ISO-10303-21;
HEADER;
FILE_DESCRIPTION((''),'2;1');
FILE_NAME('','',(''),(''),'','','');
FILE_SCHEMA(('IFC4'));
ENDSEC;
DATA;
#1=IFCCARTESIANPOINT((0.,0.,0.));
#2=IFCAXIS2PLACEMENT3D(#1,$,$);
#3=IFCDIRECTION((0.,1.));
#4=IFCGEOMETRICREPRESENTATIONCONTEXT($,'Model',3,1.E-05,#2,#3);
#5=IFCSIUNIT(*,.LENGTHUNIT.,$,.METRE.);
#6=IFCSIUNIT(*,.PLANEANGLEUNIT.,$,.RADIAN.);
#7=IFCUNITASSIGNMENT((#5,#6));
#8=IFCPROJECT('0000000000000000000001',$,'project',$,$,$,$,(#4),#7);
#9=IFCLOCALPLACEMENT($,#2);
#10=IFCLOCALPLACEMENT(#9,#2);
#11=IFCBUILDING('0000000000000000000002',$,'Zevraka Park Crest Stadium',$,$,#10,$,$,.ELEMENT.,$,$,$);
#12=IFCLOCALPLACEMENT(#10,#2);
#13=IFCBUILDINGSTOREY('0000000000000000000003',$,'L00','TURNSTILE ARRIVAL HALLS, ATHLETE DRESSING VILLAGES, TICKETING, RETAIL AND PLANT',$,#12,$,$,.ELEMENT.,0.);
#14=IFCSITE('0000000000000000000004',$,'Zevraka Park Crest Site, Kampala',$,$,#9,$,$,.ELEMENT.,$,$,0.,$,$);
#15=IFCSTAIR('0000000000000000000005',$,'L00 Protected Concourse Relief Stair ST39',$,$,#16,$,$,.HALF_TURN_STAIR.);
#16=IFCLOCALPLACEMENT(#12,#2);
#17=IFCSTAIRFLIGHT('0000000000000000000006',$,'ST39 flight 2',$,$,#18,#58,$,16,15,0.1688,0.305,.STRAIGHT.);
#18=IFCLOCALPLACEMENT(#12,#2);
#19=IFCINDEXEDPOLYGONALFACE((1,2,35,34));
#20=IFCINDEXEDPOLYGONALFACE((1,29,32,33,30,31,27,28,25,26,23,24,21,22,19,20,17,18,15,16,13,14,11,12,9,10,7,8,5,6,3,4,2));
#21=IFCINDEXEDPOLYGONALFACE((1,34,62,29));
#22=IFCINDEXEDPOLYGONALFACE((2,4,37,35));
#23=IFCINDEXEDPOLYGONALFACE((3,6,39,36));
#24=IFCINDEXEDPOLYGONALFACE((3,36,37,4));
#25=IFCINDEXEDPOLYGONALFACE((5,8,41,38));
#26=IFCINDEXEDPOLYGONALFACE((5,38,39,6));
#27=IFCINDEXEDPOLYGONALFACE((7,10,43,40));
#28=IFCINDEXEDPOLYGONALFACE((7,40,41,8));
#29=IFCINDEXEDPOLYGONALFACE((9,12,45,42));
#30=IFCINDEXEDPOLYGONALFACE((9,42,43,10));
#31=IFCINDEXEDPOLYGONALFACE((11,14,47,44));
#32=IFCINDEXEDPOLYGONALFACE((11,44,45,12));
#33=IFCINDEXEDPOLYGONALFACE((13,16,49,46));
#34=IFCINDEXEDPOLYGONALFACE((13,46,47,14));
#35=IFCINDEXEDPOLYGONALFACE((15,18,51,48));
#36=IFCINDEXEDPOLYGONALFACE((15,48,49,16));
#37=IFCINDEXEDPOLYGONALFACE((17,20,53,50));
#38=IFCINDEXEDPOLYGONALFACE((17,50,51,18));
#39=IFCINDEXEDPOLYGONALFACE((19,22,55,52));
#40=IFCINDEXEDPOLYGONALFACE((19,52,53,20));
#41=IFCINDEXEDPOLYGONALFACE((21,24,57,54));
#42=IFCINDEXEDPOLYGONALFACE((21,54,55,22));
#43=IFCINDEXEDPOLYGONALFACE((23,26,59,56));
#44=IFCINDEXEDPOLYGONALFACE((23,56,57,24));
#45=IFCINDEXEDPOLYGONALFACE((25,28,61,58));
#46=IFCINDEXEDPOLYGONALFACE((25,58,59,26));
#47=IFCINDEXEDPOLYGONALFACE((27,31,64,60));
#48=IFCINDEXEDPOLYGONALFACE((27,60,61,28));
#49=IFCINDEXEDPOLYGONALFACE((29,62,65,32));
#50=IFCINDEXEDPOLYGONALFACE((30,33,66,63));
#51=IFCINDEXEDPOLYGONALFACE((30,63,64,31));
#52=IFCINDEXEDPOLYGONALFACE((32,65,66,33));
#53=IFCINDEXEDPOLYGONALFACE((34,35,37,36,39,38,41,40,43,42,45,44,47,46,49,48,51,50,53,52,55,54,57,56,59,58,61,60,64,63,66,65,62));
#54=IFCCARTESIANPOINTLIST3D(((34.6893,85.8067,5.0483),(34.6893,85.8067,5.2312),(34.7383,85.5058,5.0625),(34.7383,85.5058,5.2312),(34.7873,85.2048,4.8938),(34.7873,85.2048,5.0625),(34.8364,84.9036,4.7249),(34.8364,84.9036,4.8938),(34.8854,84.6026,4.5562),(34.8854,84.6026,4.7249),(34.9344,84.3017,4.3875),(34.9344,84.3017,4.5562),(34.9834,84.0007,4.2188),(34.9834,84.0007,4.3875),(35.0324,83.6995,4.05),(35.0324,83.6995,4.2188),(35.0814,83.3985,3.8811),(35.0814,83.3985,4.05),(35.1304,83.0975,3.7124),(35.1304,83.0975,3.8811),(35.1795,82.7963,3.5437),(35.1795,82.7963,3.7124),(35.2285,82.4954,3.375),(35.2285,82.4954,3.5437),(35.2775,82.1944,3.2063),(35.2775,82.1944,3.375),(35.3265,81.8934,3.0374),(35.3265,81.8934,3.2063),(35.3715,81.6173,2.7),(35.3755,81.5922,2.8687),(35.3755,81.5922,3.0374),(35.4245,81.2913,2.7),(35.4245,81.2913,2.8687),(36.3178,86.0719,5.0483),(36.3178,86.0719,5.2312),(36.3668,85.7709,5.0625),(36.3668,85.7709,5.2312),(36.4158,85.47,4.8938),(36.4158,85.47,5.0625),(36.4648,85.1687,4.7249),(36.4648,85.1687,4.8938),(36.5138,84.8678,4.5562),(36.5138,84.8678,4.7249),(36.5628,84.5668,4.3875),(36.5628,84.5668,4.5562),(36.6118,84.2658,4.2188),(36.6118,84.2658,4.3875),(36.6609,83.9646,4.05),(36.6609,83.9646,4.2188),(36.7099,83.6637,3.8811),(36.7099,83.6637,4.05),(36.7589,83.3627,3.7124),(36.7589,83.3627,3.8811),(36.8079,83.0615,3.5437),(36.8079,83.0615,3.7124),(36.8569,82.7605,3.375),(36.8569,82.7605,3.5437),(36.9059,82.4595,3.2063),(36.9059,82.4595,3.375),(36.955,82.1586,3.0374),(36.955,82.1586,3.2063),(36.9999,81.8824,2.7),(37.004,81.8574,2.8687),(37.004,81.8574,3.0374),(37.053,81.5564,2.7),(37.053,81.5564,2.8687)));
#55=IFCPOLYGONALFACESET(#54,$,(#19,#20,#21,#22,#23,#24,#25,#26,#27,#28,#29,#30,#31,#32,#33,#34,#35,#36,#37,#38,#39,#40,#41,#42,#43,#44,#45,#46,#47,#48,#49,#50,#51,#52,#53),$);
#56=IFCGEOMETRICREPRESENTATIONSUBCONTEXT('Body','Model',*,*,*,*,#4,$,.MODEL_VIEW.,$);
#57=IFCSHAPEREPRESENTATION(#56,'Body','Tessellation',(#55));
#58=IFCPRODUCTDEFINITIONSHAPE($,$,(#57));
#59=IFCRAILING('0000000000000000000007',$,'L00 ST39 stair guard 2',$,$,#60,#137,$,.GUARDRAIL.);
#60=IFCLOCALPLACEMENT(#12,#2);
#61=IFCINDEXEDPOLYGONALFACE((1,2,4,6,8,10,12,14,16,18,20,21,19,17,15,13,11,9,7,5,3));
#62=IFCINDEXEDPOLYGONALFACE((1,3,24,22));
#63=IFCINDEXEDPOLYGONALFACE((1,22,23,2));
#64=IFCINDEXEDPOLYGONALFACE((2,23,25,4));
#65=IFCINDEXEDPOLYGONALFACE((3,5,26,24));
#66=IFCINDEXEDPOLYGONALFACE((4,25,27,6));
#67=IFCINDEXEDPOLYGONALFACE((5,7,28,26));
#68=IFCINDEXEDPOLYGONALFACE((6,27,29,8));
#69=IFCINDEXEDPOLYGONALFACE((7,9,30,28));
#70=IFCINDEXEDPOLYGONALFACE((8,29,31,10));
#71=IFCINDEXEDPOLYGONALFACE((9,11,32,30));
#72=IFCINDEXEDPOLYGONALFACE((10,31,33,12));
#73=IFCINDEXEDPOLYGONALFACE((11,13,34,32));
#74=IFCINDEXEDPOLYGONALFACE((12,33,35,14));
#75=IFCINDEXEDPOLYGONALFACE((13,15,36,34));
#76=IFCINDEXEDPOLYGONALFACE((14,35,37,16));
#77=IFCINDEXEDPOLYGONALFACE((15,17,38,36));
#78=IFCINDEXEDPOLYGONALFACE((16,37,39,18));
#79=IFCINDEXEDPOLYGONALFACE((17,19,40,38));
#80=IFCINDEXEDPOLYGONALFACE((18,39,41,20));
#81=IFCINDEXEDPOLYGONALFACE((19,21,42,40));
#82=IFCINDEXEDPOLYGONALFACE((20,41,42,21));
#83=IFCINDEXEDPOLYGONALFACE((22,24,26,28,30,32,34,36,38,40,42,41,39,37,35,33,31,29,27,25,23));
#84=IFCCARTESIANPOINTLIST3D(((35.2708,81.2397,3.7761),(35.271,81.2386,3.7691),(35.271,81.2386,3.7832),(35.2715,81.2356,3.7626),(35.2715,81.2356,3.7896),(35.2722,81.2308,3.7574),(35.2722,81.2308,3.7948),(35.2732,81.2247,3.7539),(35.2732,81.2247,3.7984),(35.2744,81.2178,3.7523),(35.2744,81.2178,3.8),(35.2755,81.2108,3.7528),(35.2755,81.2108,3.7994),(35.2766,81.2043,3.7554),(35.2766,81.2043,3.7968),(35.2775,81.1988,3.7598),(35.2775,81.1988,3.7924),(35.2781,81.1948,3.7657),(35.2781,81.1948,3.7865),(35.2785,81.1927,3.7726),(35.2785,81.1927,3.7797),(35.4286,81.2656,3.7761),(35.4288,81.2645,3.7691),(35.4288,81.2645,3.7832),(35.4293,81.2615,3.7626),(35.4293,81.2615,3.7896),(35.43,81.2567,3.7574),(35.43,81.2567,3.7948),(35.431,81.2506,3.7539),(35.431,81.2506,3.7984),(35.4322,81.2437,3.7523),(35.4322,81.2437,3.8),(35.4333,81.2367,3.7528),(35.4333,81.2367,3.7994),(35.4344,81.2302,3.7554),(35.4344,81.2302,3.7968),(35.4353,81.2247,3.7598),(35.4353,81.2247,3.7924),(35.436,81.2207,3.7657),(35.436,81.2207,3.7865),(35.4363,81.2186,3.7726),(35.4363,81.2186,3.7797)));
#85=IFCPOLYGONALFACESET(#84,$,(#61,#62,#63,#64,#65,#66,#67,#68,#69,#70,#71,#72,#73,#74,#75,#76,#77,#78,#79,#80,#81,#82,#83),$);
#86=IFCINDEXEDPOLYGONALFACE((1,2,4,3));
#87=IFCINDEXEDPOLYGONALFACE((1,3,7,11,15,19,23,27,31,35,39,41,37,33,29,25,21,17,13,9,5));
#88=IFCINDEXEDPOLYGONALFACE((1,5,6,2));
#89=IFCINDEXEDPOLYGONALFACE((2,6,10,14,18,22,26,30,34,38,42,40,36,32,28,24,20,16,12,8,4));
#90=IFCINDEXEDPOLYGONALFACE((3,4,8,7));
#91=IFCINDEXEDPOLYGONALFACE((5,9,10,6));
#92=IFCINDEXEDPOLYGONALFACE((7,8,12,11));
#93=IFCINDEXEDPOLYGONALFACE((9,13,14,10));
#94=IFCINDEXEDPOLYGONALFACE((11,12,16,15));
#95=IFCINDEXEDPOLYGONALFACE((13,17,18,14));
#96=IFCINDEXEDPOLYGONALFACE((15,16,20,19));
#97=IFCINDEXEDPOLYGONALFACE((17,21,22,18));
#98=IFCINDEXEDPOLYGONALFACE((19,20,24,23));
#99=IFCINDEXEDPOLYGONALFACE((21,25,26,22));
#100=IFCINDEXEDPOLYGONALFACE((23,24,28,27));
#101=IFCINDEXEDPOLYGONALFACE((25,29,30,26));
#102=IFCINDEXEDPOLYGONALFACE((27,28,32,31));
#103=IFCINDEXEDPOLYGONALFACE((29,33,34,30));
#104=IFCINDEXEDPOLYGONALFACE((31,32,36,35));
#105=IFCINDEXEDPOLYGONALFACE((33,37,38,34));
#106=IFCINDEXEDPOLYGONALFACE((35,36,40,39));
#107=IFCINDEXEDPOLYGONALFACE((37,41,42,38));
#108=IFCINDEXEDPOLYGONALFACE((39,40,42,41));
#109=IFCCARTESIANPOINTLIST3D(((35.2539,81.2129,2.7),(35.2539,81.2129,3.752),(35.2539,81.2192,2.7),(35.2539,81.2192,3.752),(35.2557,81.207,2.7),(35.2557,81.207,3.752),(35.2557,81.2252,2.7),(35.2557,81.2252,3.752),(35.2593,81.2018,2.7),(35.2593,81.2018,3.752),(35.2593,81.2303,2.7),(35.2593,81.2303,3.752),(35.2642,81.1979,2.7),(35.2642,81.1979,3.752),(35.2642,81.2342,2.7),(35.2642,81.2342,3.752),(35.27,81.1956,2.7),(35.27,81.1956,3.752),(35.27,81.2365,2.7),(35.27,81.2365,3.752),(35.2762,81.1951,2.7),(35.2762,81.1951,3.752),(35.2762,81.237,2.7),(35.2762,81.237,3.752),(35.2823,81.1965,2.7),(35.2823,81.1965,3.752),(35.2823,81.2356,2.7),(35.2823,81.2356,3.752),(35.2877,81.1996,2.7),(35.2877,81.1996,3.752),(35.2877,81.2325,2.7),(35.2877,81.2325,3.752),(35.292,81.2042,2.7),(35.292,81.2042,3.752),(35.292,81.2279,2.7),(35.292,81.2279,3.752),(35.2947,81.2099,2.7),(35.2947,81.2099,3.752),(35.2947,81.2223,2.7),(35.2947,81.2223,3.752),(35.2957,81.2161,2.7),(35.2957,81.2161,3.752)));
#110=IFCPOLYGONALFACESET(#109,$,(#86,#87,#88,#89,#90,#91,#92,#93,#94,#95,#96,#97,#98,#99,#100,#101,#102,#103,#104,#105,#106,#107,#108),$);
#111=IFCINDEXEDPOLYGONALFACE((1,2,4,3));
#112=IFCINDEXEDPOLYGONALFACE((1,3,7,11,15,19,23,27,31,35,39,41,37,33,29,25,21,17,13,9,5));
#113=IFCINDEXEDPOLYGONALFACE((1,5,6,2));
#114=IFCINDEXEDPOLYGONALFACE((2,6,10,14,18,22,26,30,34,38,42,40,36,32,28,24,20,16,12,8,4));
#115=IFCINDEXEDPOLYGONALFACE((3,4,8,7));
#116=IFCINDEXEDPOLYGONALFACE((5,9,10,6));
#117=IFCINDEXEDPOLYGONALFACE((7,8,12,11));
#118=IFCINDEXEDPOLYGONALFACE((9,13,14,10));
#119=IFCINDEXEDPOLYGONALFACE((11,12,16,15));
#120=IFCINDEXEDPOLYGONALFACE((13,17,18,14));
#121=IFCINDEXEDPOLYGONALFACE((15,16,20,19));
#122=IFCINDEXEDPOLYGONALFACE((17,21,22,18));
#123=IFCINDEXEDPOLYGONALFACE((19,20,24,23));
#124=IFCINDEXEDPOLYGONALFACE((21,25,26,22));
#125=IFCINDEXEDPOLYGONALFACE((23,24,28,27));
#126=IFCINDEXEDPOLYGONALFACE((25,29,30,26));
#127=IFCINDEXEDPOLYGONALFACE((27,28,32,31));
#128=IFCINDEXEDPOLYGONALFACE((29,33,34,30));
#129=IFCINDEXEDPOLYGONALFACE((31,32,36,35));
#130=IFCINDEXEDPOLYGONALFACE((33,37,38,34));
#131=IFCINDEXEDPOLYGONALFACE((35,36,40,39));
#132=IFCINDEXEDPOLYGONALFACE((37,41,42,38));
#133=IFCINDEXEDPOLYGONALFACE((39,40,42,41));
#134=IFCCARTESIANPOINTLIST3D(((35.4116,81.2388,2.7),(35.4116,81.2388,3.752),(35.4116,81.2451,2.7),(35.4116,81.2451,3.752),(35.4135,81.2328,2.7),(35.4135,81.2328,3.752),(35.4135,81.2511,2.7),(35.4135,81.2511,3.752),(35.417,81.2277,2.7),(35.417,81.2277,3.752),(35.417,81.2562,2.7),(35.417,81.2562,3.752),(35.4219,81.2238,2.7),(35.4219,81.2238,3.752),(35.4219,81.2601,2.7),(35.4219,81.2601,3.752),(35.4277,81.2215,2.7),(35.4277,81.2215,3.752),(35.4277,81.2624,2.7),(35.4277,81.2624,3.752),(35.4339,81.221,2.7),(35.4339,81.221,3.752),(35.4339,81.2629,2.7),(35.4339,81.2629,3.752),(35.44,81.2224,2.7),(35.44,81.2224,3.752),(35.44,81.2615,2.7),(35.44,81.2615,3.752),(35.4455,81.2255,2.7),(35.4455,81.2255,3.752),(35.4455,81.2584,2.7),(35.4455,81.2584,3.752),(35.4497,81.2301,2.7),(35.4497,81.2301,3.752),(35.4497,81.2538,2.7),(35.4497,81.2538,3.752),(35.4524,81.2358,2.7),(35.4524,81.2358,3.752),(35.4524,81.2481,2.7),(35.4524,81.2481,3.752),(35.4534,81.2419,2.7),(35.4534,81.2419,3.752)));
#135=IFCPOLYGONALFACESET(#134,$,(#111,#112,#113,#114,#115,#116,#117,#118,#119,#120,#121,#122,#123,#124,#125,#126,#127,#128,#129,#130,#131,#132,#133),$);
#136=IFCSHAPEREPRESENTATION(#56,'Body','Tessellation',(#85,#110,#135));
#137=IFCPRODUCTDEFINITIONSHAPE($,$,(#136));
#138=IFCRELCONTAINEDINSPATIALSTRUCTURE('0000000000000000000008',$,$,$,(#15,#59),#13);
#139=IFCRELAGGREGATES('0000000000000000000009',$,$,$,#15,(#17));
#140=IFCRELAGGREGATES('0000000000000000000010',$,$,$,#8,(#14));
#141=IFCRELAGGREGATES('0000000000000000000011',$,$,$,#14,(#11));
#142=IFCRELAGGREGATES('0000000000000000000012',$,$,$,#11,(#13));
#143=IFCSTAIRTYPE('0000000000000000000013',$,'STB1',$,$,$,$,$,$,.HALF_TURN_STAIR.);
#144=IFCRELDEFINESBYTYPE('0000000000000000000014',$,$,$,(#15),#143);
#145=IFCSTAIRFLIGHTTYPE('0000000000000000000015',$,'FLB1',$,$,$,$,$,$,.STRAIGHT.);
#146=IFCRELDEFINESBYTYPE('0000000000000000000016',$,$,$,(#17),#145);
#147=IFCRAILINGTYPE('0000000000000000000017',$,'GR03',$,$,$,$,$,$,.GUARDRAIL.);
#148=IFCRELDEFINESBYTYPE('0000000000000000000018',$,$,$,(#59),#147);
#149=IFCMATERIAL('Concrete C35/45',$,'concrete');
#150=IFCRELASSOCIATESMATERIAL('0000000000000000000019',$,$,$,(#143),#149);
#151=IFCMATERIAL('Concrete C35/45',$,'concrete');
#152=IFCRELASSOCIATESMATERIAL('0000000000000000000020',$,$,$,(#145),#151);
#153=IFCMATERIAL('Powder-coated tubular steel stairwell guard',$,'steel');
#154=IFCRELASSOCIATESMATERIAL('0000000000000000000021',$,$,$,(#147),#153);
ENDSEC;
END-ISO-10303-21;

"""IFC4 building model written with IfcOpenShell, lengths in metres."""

from ifc_helpers import new_model, si_unit, direction, frame, origin, origin_2d, place, context, subcontext, project, spatial, polyline, circle, outline, extrude, material, type_object, element, aggregate, save


model = new_model("IFC4")

# Units and contexts
model_context = context("Model", 3, precision=1e-05, world=origin(), true_north=direction((0.0, 1.0)))
body_context = subcontext(model_context, "Body", "Model", "MODEL_VIEW")
ifc_project = project(units=[si_unit("LENGTHUNIT", "METRE"), si_unit("PLANEANGLEUNIT", "RADIAN")], contexts=[model_context])

# Site, building, storey
site_placement = place(None, origin())
site = spatial("IfcSite", under=ifc_project, at=site_placement, Name="Zevraka Park Crest Site, Kampala", CompositionType="ELEMENT", RefElevation=0.0)
building_placement = place(site_placement, origin())
building = spatial("IfcBuilding", under=site, at=building_placement, Name="Zevraka Park Crest Stadium", CompositionType="ELEMENT")
storey_placement = place(building_placement, origin())
storey = spatial("IfcBuildingStorey", under=building, at=storey_placement, Name="L00", Description="TURNSTILE ARRIVAL HALLS, ATHLETE DRESSING VILLAGES, TICKETING, RETAIL AND PLANT", CompositionType="ELEMENT", Elevation=0.0)

# Stair, stair flight
ifc_material_1 = material(Name="Concrete C35/45", Category="concrete")
stair_type = type_object("IfcStairType", Name="STB1", PredefinedType="HALF_TURN_STAIR", material=ifc_material_1)
stair_placement = place(storey_placement, origin())
stair = element("IfcStair", 1, at=stair_placement, inside=storey, type_object=stair_type, Name="L00 Protected Concourse Relief Stair ST39", PredefinedType="HALF_TURN_STAIR")
ifc_material_2 = material(Name="Concrete C35/45", Category="concrete")
stair_flight_type = type_object("IfcStairFlightType", Name="FLB1", PredefinedType="STRAIGHT", material=ifc_material_2)
stair_flight_placement = place(storey_placement, frame((36.2388, 81.4238, 2.7), z_axis=(0.0, 0.0, 1.0), x_axis=(-0.160706, 0.987002, 0.0)))
stair_flight = element("IfcStairFlight", 2, at=stair_flight_placement, type_object=stair_flight_type, Name="ST39 flight 2", NumberOfRisers=16, NumberOfTreads=15, PredefinedType="STRAIGHT", RiserHeight=0.1688, TreadLength=0.305, context=body_context, shape_type="SweptSolid", body=[
    extrude(outline(polyline([(0.0, 0.0), (0.0, 0.1687), (0.3049, 0.1687), (0.3049, 0.3374), (0.6101, 0.3374), (0.6101, 0.5063), (0.915, 0.5063), (0.915, 0.675), (1.22, 0.675), (1.22, 0.8438), (1.5249, 0.8438), (1.5249, 1.0125), (1.8301, 1.0125), (1.8301, 1.1812), (2.135, 1.1812), (2.135, 1.3501), (2.4399, 1.3501), (2.4399, 1.5188), (2.7451, 1.5188), (2.7451, 1.6875), (3.05, 1.6875), (3.05, 1.8562), (3.355, 1.8562), (3.355, 2.0249), (3.6599, 2.0249), (3.6599, 2.1938), (3.9651, 2.1938), (3.9651, 2.3625), (4.27, 2.3625), (4.27, 2.5312), (4.575, 2.5312), (4.575, 2.7), (4.575, 2.3484), (0.3303, 0.0), (0.0, 0.0)])), frame((0.0, 0.825, 0.0), z_axis=(0.0, -1.0, 0.0), x_axis=(1.0, 0.0, 0.0)), (0.0, 0.0, 1.0), 1.6499),
])
aggregate(stair, [stair_flight])

# Railing
ifc_material_3 = material(Name="Powder-coated tubular steel stairwell guard", Category="steel")
railing_type_1 = type_object("IfcRailingType", Name="GR03", PredefinedType="GUARDRAIL", material=ifc_material_3)
railing_1_placement = place(storey_placement, frame((35.2747, 81.2161, 2.7)))
element("IfcRailing", 3, at=railing_1_placement, inside=storey, type_object=railing_type_1, Name="L00 ST39 stair guard 2", PredefinedType="GUARDRAIL", context=body_context, shape_type="SweptSolid", body=[
    extrude(circle(Radius=0.0239, at=origin_2d()), frame((0.0, 0.0, 1.0762), z_axis=(0.986804, 0.161921, 0.0), x_axis=(-0.161921, 0.986804, 0.0)), (0.0, 0.0, 1.0), 0.1599),
    extrude(circle(Radius=0.021, at=origin_2d()), origin(), (0.0, 0.0, 1.0), 1.052),
    extrude(circle(Radius=0.021, at=origin_2d()), frame((0.1577, 0.0259, 0.0)), (0.0, 0.0, 1.0), 1.052),
])

save(model, "model.ifc")
